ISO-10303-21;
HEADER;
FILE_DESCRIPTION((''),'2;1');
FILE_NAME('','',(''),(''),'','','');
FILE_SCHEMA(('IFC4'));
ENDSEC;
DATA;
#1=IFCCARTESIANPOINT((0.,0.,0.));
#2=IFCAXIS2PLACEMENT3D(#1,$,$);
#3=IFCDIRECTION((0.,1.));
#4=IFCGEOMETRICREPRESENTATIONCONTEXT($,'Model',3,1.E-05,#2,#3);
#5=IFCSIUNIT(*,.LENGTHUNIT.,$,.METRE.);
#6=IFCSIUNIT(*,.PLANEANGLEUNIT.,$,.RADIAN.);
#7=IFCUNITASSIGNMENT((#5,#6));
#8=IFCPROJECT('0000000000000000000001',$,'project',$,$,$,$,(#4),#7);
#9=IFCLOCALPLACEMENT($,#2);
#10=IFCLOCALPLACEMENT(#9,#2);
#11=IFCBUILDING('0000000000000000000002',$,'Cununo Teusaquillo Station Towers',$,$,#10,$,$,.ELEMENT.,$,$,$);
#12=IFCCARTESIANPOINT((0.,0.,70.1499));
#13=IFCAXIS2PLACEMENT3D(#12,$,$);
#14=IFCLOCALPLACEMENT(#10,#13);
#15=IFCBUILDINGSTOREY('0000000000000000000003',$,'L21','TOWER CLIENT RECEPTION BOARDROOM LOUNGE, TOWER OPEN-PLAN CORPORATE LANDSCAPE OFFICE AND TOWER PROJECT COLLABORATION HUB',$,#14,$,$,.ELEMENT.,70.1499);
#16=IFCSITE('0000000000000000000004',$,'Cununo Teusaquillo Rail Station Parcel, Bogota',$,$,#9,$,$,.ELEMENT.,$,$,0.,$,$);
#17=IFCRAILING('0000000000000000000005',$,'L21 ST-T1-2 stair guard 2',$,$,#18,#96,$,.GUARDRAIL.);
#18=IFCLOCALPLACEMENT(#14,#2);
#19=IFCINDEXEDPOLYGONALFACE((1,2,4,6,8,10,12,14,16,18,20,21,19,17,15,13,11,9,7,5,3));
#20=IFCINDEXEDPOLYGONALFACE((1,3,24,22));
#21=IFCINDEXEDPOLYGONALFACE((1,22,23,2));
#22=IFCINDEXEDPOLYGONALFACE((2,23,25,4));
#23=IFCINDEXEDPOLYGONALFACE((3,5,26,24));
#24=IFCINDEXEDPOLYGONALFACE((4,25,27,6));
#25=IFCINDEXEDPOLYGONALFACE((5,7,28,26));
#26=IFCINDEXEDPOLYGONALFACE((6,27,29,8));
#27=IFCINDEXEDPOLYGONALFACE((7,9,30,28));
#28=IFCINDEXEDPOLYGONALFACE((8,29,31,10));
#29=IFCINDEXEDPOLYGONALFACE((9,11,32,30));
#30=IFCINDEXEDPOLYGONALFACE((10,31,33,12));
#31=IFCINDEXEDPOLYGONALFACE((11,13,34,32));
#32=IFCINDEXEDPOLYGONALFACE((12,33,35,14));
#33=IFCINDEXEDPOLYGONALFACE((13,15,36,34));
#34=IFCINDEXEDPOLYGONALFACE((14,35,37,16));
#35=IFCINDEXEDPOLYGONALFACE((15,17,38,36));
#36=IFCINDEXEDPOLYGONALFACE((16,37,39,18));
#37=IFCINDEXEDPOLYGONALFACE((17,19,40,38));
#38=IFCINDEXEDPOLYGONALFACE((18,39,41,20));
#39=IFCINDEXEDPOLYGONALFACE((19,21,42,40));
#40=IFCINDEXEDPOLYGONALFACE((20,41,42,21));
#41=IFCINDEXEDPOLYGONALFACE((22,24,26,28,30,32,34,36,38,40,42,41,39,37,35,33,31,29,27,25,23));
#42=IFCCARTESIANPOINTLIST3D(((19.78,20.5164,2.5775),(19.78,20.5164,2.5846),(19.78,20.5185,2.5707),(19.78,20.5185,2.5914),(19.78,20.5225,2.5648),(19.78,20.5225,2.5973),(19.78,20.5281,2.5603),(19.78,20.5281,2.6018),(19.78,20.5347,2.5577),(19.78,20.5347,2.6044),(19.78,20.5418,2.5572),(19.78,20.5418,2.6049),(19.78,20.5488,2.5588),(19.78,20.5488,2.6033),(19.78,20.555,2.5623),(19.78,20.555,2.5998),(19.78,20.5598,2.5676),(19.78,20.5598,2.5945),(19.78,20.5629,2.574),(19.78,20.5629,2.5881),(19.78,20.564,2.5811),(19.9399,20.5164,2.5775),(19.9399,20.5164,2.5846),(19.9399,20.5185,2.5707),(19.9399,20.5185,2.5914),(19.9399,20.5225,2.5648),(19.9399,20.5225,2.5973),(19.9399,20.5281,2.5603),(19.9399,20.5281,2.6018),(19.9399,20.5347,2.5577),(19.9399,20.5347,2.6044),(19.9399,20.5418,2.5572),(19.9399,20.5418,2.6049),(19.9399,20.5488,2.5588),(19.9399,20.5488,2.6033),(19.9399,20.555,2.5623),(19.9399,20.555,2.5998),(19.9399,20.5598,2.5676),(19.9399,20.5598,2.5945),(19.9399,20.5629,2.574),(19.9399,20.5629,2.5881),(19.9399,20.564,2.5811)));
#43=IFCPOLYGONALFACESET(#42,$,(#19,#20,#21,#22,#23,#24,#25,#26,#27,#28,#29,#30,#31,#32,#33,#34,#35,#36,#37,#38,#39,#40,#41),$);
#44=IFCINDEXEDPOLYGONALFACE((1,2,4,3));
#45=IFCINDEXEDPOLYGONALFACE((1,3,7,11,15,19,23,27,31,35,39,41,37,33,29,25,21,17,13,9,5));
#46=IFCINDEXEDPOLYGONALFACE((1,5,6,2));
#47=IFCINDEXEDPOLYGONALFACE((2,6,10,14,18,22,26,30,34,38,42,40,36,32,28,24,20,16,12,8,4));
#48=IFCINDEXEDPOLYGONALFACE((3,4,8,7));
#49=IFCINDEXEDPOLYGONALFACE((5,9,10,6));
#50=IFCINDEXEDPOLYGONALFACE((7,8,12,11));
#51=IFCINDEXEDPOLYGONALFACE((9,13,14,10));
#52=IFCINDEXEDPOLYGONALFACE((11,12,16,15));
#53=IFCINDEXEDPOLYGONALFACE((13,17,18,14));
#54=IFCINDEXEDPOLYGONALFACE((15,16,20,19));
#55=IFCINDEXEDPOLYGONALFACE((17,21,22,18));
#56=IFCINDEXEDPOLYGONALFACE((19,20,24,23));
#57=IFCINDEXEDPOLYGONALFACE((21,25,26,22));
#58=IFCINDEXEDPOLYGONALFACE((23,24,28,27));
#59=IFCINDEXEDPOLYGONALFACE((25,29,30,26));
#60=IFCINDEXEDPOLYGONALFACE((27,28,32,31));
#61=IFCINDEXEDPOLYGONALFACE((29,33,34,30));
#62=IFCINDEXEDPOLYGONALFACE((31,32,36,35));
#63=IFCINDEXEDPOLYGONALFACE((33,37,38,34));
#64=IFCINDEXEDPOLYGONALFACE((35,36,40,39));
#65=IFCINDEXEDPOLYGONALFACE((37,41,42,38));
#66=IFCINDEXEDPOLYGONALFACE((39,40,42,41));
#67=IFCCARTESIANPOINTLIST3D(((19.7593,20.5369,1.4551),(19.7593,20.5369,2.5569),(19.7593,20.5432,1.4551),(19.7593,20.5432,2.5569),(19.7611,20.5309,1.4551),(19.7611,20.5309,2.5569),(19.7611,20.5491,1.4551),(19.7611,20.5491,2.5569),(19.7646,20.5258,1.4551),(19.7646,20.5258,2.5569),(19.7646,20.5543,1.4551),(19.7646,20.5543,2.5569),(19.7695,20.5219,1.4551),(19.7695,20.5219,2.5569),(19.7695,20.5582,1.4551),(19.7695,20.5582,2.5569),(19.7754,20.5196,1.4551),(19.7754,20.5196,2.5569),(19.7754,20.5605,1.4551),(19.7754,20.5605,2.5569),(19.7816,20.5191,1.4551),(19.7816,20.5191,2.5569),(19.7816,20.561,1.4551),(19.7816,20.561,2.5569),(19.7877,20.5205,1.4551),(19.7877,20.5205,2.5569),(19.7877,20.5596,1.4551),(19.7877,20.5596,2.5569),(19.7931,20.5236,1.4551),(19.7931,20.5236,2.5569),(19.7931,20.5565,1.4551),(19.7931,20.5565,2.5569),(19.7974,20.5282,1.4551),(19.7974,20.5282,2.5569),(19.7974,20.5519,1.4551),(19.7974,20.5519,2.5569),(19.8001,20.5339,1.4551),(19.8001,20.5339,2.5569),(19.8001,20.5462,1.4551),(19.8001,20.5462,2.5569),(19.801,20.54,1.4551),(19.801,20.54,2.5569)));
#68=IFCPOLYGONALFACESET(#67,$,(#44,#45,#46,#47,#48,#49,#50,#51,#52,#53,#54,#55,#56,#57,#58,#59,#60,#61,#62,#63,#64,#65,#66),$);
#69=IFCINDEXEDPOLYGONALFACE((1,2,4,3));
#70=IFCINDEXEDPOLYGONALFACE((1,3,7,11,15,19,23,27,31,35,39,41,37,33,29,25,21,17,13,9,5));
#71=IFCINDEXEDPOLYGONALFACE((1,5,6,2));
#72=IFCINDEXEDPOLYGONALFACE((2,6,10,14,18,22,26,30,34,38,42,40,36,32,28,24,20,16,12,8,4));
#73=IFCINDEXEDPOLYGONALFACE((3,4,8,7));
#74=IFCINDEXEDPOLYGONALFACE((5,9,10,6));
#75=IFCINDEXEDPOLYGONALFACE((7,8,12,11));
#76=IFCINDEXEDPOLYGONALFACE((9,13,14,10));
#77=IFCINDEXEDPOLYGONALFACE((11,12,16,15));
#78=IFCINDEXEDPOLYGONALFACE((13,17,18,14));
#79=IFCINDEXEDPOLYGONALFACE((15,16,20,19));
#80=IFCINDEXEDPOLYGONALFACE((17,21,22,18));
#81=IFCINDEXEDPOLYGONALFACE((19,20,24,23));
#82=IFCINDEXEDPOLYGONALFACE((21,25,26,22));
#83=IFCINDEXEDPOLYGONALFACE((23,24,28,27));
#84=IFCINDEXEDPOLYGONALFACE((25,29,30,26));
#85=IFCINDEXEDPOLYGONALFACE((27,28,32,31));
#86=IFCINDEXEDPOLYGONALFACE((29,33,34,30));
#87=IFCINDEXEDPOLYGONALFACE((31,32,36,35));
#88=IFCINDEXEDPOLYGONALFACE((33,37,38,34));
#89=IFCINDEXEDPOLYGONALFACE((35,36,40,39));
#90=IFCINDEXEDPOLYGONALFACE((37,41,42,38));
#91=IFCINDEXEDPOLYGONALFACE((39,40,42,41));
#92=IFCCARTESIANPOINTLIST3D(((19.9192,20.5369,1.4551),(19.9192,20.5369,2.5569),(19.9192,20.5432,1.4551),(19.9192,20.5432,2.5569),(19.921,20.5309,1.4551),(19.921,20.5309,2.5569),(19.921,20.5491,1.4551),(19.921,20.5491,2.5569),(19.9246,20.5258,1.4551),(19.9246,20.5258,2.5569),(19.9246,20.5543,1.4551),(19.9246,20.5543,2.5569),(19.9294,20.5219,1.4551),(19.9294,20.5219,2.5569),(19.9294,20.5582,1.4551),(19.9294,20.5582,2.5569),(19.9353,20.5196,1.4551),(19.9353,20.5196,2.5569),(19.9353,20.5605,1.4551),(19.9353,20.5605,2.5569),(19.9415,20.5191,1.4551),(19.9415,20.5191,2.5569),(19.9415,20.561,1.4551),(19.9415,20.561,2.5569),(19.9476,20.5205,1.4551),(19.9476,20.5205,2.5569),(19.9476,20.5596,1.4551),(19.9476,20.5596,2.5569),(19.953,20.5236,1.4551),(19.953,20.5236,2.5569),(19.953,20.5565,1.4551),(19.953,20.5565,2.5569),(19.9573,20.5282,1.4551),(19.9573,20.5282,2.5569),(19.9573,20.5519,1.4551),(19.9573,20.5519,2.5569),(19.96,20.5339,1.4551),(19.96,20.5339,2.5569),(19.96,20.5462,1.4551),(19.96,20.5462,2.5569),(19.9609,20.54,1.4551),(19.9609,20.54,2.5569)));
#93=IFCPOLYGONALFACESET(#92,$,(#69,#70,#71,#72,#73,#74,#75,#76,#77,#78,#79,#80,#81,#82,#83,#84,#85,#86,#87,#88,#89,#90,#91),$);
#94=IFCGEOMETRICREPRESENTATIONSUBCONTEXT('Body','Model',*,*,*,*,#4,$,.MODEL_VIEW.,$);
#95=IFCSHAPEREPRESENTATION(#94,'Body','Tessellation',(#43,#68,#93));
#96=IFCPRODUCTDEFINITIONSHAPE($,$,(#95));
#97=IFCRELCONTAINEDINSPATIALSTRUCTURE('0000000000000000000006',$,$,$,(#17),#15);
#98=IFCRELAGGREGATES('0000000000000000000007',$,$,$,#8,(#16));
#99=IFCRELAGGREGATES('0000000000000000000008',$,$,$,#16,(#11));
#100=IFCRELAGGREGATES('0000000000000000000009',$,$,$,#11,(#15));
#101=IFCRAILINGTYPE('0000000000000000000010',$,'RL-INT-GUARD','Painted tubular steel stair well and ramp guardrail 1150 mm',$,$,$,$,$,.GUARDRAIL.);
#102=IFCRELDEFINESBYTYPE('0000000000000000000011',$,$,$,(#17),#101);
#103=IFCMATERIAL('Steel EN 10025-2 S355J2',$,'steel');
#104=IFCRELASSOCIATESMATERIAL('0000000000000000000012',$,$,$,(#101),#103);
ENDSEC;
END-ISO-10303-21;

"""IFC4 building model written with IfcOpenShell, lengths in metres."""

from ifc_helpers import new_model, si_unit, direction, frame, origin, origin_2d, place, context, subcontext, project, spatial, circle, extrude, material, type_object, element, save


model = new_model("IFC4")

# Units and contexts
model_context = context("Model", 3, precision=1e-05, world=origin(), true_north=direction((0.0, 1.0)))
body_context = subcontext(model_context, "Body", "Model", "MODEL_VIEW")
ifc_project = project(units=[si_unit("LENGTHUNIT", "METRE"), si_unit("PLANEANGLEUNIT", "RADIAN")], contexts=[model_context])

# Site, building, storey
site_placement = place(None, origin())
site = spatial("IfcSite", under=ifc_project, at=site_placement, Name="Cununo Teusaquillo Rail Station Parcel, Bogota", CompositionType="ELEMENT", RefElevation=0.0)
building_placement = place(site_placement, origin())
building = spatial("IfcBuilding", under=site, at=building_placement, Name="Cununo Teusaquillo Station Towers", CompositionType="ELEMENT")
storey_placement = place(building_placement, frame((0.0, 0.0, 70.1499)))
storey = spatial("IfcBuildingStorey", under=building, at=storey_placement, Name="L21", Description="TOWER CLIENT RECEPTION BOARDROOM LOUNGE, TOWER OPEN-PLAN CORPORATE LANDSCAPE OFFICE AND TOWER PROJECT COLLABORATION HUB", CompositionType="ELEMENT", Elevation=70.1499)

# Railing
ifc_material_1 = material(Name="Steel EN 10025-2 S355J2", Category="steel")
railing_type_1 = type_object("IfcRailingType", Name="RL-INT-GUARD", Description="Painted tubular steel stair well and ramp guardrail 1150 mm", PredefinedType="GUARDRAIL", material=ifc_material_1)
railing_1_placement = place(storey_placement, frame((19.78, 20.54, 1.4551)))
element("IfcRailing", 1, at=railing_1_placement, inside=storey, type_object=railing_type_1, Name="L21 ST-T1-2 stair guard 2", PredefinedType="GUARDRAIL", context=body_context, shape_type="SweptSolid", body=[
    extrude(circle(Radius=0.0239, at=origin_2d()), frame((0.0, 0.0, 1.126), z_axis=(1.0, 0.0, 0.0), x_axis=(0.0, 1.0, 0.0)), (0.0, 0.0, 1.0), 0.1599),
    extrude(circle(Radius=0.021, at=origin_2d()), origin(), (0.0, 0.0, 1.0), 1.1018),
    extrude(circle(Radius=0.021, at=origin_2d()), frame((0.1599, 0.0, 0.0)), (0.0, 0.0, 1.0), 1.1018),
])

save(model, "model.ifc")
